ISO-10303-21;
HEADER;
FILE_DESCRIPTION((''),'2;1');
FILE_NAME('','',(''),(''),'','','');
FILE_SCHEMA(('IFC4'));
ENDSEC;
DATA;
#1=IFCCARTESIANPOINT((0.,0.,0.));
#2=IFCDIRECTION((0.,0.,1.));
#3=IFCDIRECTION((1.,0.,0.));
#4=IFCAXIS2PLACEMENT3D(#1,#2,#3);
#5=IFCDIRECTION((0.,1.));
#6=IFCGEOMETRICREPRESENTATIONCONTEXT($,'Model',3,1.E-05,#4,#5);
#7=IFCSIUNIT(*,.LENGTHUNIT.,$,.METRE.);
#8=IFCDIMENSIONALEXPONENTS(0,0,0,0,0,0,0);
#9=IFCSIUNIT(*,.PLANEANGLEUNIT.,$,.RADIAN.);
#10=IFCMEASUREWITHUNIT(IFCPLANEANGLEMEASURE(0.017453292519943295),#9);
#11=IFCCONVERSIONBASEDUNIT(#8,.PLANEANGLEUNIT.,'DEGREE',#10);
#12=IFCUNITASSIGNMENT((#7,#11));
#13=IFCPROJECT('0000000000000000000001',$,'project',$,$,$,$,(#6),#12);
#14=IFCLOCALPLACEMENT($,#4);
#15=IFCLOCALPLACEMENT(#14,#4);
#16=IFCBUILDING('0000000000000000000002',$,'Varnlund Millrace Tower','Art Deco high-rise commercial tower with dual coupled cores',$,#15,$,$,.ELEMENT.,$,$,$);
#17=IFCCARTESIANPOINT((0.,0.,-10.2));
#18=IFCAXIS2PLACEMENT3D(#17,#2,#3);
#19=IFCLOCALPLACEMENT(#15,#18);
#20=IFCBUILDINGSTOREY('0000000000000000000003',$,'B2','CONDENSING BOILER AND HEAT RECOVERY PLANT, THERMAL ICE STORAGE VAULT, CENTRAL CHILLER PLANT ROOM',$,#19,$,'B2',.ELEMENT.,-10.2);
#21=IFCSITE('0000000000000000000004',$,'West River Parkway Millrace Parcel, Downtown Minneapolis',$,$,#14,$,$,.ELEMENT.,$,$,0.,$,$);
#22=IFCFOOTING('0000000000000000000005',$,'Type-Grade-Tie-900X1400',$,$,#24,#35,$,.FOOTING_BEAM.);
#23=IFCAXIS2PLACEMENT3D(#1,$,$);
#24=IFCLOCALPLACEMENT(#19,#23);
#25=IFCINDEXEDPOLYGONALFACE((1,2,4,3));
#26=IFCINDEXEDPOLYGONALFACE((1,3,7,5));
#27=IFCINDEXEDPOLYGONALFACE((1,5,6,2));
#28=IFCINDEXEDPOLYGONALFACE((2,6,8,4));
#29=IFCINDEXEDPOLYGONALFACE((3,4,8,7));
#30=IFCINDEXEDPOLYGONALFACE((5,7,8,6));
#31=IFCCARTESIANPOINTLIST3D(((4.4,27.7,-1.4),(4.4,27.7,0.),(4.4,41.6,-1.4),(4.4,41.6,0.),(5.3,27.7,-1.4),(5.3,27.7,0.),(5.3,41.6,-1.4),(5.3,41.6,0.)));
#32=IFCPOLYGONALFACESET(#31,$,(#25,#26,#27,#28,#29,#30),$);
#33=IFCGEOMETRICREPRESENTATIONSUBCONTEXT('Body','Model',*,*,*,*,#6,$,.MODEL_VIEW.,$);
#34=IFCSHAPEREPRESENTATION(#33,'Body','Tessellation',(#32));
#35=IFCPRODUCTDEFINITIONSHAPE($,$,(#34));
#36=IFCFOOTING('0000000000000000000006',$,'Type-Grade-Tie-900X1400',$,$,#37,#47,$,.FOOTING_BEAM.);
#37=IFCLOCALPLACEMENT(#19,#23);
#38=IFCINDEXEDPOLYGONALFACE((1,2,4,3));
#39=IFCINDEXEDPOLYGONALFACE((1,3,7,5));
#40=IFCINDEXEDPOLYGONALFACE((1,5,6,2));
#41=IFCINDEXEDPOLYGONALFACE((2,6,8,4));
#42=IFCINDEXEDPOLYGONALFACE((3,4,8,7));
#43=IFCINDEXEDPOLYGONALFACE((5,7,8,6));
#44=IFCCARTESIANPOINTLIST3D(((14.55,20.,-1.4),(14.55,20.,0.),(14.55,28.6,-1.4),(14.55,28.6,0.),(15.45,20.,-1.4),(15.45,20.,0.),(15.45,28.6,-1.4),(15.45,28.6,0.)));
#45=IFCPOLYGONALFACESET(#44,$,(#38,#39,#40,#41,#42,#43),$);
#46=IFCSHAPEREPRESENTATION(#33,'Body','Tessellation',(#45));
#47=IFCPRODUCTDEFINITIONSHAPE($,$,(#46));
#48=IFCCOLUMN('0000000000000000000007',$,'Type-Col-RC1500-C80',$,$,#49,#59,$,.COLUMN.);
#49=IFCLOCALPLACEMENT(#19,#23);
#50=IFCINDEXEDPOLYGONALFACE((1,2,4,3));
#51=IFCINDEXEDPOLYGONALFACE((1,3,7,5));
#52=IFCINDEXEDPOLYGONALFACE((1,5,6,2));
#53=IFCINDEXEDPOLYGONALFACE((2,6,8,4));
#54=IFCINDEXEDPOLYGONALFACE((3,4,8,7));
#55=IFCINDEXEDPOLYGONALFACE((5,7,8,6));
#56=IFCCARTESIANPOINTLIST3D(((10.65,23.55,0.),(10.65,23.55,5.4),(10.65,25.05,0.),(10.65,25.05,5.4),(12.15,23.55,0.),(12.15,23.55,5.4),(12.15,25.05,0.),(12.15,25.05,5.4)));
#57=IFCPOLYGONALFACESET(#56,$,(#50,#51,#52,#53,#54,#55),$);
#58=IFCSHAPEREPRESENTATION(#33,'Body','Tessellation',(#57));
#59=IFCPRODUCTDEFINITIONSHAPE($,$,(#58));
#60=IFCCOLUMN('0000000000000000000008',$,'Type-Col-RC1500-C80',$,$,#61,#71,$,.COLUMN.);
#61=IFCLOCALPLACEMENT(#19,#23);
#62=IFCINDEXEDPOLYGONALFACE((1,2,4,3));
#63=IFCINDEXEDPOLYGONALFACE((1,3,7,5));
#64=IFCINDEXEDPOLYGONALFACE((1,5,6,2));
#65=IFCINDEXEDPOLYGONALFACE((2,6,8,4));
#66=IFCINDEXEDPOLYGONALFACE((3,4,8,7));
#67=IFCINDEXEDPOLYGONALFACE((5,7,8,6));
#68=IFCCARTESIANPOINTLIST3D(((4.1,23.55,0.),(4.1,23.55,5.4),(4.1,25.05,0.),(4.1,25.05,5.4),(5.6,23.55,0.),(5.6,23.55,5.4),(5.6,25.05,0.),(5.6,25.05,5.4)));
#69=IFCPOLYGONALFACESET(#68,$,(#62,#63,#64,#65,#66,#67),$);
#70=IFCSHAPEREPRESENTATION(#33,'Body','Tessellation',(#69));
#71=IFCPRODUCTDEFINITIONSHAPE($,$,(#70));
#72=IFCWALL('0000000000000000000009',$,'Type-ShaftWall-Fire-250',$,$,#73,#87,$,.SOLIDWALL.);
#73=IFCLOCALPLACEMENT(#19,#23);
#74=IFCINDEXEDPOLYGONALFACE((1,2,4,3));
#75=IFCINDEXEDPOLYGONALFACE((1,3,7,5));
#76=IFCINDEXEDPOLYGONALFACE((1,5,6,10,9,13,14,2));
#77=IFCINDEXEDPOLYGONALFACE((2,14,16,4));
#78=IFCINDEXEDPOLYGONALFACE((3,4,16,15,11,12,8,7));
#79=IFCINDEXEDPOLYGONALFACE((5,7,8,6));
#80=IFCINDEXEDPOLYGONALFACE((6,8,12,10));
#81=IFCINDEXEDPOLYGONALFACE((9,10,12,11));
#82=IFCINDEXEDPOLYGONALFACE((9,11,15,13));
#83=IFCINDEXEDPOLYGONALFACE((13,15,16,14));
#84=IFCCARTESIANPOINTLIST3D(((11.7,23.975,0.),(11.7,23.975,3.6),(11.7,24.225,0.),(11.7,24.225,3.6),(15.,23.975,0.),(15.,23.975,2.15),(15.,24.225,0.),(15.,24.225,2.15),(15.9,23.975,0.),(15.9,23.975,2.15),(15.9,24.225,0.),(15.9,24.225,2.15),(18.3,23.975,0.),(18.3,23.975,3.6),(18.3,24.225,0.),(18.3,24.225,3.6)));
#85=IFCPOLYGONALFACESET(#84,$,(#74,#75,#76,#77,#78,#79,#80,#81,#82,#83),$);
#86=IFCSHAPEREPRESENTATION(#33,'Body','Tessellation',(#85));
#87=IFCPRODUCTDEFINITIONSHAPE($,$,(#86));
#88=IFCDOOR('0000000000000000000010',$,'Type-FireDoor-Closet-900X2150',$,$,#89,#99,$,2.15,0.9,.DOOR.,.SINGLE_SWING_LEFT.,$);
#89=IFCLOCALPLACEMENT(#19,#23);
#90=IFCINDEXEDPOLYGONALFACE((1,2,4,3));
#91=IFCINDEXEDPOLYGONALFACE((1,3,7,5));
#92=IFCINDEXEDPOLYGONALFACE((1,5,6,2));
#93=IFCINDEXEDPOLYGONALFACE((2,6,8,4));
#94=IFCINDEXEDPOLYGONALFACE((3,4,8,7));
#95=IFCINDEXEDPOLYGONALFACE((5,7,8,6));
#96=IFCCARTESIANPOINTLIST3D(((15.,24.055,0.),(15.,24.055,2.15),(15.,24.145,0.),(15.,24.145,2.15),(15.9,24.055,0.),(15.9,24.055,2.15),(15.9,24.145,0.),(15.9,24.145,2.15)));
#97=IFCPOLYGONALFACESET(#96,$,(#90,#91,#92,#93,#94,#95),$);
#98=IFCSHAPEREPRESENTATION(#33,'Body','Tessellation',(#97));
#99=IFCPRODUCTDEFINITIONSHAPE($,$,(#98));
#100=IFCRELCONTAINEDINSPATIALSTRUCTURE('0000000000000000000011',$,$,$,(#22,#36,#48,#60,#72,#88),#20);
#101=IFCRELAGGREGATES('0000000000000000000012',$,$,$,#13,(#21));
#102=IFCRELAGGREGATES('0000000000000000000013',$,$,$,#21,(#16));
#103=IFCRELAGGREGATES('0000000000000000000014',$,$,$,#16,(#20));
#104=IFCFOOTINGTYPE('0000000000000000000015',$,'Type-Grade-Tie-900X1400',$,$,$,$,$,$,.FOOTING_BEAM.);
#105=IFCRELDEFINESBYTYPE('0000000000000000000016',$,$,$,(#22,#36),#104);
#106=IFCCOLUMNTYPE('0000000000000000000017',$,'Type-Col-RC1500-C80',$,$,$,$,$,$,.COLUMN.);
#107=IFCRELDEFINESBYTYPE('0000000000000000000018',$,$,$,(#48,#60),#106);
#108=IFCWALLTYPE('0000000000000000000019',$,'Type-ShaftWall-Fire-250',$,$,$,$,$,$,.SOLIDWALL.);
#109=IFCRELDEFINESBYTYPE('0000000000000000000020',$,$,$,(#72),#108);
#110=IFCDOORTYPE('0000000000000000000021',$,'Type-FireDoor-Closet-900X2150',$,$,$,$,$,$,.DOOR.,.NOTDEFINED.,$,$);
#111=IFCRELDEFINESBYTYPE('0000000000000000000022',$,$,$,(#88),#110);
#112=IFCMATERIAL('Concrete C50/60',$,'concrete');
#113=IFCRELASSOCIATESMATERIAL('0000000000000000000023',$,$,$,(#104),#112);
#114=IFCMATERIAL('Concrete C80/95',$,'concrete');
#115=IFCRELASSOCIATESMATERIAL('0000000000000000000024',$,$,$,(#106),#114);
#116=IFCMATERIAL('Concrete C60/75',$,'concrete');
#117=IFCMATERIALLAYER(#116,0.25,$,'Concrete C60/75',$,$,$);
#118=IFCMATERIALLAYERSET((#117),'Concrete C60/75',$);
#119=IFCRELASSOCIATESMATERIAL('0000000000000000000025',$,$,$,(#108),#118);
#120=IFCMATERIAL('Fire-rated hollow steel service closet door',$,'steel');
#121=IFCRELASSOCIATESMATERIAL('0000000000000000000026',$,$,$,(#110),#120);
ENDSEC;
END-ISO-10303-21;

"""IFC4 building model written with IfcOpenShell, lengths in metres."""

from ifc_helpers import new_model, entity, si_unit, converted_unit, direction, frame, origin_with_axes, origin_2d_with_axis, place, context, subcontext, project, spatial, polyline, rectangle, outline, extrude, material, layer, layer_set, material_profile, profile_set, type_object, element, fill, save


model = new_model("IFC4")

# Units and contexts
model_context = context("Model", 3, precision=1e-05, world=origin_with_axes(), true_north=direction((0.0, 1.0)))
body_context = subcontext(model_context, "Body", "Model", "MODEL_VIEW")
ifc_project = project(units=[si_unit("LENGTHUNIT", "METRE"), converted_unit("PLANEANGLEUNIT", "DEGREE", entity("IfcPlaneAngleMeasure", 0.017453292519943295), si_unit("PLANEANGLEUNIT", "RADIAN"), dimensions=[0, 0, 0, 0, 0, 0, 0])], contexts=[model_context])

# Site, building, storey
site_placement = place(None, origin_with_axes())
site = spatial("IfcSite", under=ifc_project, at=site_placement, Name="West River Parkway Millrace Parcel, Downtown Minneapolis", CompositionType="ELEMENT", RefElevation=0.0)
building_placement = place(site_placement, origin_with_axes())
building = spatial("IfcBuilding", under=site, at=building_placement, Name="Varnlund Millrace Tower", Description="Art Deco high-rise commercial tower with dual coupled cores", CompositionType="ELEMENT")
storey_placement = place(building_placement, frame((0.0, 0.0, -10.2), z_axis=(0.0, 0.0, 1.0), x_axis=(1.0, 0.0, 0.0)))
storey = spatial("IfcBuildingStorey", under=building, at=storey_placement, Name="B2", Description="CONDENSING BOILER AND HEAT RECOVERY PLANT, THERMAL ICE STORAGE VAULT, CENTRAL CHILLER PLANT ROOM", LongName="B2", CompositionType="ELEMENT", Elevation=-10.2)

# Shared definitions
ifc_material_1 = material(Name="Concrete C50/60", Category="concrete")

# Footings
footing_type_1 = type_object("IfcFootingType", Name="Type-Grade-Tie-900X1400", PredefinedType="FOOTING_BEAM", material=ifc_material_1)
footing_1_placement = place(storey_placement, frame((4.85, 34.65, -1.4), z_axis=(0.0, 0.0, 1.0), x_axis=(0.0, 1.0, 0.0)))
element("IfcFooting", 1, at=footing_1_placement, inside=storey, type_object=footing_type_1, Name="Type-Grade-Tie-900X1400", PredefinedType="FOOTING_BEAM", context=body_context, shape_type="SweptSolid", body=[
    extrude(rectangle(XDim=13.9, YDim=0.9, at=origin_2d_with_axis()), origin_with_axes(), (0.0, 0.0, 1.0), 1.4),
])
footing_2_placement = place(storey_placement, frame((15.0, 24.3, -1.4), z_axis=(0.0, 0.0, 1.0), x_axis=(0.0, 1.0, 0.0)))
element("IfcFooting", 2, at=footing_2_placement, inside=storey, type_object=footing_type_1, Name="Type-Grade-Tie-900X1400", PredefinedType="FOOTING_BEAM", context=body_context, shape_type="SweptSolid", body=[
    extrude(rectangle(XDim=8.6, YDim=0.9, at=origin_2d_with_axis()), origin_with_axes(), (0.0, 0.0, 1.0), 1.4),
])

# Columns
ifc_material_2 = material(Name="Concrete C80/95", Category="concrete")
ifc_material_profile_1 = material_profile(ifc_material_2, rectangle(XDim=1.5, YDim=1.5, at=origin_2d_with_axis()), Name="Concrete C80/95")
ifc_profile_set_1 = profile_set([ifc_material_profile_1], Name="Concrete C80/95")
column_type = type_object("IfcColumnType", Name="Type-Col-RC1500-C80", PredefinedType="COLUMN", material=ifc_profile_set_1)
for number, where, z_axis, x_axis, name in (
    (3, (11.4, 24.3, 0.0), (0.0, 0.0, 1.0), (1.0, 0.0, 0.0), "Type-Col-RC1500-C80"),
    (4, (4.85, 24.3, 0.0), (0.0, 0.0, 1.0), (1.0, 0.0, 0.0), "Type-Col-RC1500-C80"),
):
    element("IfcColumn", number, at=place(storey_placement, frame(where, z_axis=z_axis, x_axis=x_axis)), inside=storey, type_object=column_type, Name=name, PredefinedType="COLUMN", context=body_context, shape_type="SweptSolid", body=[
        extrude(rectangle(XDim=1.5, YDim=1.5, at=origin_2d_with_axis()), origin_with_axes(), (0.0, 0.0, 1.0), 5.4),
    ])

# Wall, opening, door
ifc_material_3 = material(Name="Concrete C60/75", Category="concrete")
ifc_layer = layer(ifc_material_3, 0.25, Name="Concrete C60/75")
ifc_layer_set = layer_set([ifc_layer], Name="Concrete C60/75")
wall_type = type_object("IfcWallType", Name="Type-ShaftWall-Fire-250", PredefinedType="SOLIDWALL", material=ifc_layer_set)
wall_placement = place(storey_placement, frame((11.7, 24.1, 0.0), z_axis=(0.0, 0.0, 1.0), x_axis=(1.0, 0.0, 0.0)))
wall = element("IfcWall", 5, at=wall_placement, inside=storey, type_object=wall_type, Name="Type-ShaftWall-Fire-250", PredefinedType="SOLIDWALL", context=body_context, shape_type="SweptSolid", body=[
    extrude(outline(polyline([(0.0, -0.125), (6.6, -0.125), (6.6, 0.125), (0.0, 0.125), (0.0, -0.125)])), origin_with_axes(), (0.0, 0.0, 1.0), 3.6),
])
opening_placement = place(wall_placement, frame((3.75, 0.0, 0.0), z_axis=(0.0, 0.0, 1.0), x_axis=(1.0, 0.0, 0.0)))
opening = element("IfcOpeningElement", 6, at=opening_placement, cuts=wall, PredefinedType="OPENING", context=body_context, shape_type="SweptSolid", body=[
    extrude(rectangle(XDim=0.9, YDim=0.27, at=origin_2d_with_axis()), origin_with_axes(), (0.0, 0.0, 1.0), 2.15),
])
ifc_material_4 = material(Name="Fire-rated hollow steel service closet door", Category="steel")
door_type = type_object("IfcDoorType", Name="Type-FireDoor-Closet-900X2150", OperationType="NOTDEFINED", PredefinedType="DOOR", material=ifc_material_4)
door_placement = place(wall_placement, frame((3.75, 0.0, 0.0), z_axis=(0.0, 0.0, 1.0), x_axis=(1.0, 0.0, 0.0)))
door = element("IfcDoor", 7, at=door_placement, inside=storey, type_object=door_type, Name="Type-FireDoor-Closet-900X2150", OperationType="SINGLE_SWING_LEFT", OverallHeight=2.15, OverallWidth=0.9, PredefinedType="DOOR", context=body_context, shape_type="SweptSolid", body=[
    extrude(rectangle(XDim=0.9, YDim=0.09, at=origin_2d_with_axis()), origin_with_axes(), (0.0, 0.0, 1.0), 2.15),
])
fill(opening, door)

save(model, "model.ifc")
